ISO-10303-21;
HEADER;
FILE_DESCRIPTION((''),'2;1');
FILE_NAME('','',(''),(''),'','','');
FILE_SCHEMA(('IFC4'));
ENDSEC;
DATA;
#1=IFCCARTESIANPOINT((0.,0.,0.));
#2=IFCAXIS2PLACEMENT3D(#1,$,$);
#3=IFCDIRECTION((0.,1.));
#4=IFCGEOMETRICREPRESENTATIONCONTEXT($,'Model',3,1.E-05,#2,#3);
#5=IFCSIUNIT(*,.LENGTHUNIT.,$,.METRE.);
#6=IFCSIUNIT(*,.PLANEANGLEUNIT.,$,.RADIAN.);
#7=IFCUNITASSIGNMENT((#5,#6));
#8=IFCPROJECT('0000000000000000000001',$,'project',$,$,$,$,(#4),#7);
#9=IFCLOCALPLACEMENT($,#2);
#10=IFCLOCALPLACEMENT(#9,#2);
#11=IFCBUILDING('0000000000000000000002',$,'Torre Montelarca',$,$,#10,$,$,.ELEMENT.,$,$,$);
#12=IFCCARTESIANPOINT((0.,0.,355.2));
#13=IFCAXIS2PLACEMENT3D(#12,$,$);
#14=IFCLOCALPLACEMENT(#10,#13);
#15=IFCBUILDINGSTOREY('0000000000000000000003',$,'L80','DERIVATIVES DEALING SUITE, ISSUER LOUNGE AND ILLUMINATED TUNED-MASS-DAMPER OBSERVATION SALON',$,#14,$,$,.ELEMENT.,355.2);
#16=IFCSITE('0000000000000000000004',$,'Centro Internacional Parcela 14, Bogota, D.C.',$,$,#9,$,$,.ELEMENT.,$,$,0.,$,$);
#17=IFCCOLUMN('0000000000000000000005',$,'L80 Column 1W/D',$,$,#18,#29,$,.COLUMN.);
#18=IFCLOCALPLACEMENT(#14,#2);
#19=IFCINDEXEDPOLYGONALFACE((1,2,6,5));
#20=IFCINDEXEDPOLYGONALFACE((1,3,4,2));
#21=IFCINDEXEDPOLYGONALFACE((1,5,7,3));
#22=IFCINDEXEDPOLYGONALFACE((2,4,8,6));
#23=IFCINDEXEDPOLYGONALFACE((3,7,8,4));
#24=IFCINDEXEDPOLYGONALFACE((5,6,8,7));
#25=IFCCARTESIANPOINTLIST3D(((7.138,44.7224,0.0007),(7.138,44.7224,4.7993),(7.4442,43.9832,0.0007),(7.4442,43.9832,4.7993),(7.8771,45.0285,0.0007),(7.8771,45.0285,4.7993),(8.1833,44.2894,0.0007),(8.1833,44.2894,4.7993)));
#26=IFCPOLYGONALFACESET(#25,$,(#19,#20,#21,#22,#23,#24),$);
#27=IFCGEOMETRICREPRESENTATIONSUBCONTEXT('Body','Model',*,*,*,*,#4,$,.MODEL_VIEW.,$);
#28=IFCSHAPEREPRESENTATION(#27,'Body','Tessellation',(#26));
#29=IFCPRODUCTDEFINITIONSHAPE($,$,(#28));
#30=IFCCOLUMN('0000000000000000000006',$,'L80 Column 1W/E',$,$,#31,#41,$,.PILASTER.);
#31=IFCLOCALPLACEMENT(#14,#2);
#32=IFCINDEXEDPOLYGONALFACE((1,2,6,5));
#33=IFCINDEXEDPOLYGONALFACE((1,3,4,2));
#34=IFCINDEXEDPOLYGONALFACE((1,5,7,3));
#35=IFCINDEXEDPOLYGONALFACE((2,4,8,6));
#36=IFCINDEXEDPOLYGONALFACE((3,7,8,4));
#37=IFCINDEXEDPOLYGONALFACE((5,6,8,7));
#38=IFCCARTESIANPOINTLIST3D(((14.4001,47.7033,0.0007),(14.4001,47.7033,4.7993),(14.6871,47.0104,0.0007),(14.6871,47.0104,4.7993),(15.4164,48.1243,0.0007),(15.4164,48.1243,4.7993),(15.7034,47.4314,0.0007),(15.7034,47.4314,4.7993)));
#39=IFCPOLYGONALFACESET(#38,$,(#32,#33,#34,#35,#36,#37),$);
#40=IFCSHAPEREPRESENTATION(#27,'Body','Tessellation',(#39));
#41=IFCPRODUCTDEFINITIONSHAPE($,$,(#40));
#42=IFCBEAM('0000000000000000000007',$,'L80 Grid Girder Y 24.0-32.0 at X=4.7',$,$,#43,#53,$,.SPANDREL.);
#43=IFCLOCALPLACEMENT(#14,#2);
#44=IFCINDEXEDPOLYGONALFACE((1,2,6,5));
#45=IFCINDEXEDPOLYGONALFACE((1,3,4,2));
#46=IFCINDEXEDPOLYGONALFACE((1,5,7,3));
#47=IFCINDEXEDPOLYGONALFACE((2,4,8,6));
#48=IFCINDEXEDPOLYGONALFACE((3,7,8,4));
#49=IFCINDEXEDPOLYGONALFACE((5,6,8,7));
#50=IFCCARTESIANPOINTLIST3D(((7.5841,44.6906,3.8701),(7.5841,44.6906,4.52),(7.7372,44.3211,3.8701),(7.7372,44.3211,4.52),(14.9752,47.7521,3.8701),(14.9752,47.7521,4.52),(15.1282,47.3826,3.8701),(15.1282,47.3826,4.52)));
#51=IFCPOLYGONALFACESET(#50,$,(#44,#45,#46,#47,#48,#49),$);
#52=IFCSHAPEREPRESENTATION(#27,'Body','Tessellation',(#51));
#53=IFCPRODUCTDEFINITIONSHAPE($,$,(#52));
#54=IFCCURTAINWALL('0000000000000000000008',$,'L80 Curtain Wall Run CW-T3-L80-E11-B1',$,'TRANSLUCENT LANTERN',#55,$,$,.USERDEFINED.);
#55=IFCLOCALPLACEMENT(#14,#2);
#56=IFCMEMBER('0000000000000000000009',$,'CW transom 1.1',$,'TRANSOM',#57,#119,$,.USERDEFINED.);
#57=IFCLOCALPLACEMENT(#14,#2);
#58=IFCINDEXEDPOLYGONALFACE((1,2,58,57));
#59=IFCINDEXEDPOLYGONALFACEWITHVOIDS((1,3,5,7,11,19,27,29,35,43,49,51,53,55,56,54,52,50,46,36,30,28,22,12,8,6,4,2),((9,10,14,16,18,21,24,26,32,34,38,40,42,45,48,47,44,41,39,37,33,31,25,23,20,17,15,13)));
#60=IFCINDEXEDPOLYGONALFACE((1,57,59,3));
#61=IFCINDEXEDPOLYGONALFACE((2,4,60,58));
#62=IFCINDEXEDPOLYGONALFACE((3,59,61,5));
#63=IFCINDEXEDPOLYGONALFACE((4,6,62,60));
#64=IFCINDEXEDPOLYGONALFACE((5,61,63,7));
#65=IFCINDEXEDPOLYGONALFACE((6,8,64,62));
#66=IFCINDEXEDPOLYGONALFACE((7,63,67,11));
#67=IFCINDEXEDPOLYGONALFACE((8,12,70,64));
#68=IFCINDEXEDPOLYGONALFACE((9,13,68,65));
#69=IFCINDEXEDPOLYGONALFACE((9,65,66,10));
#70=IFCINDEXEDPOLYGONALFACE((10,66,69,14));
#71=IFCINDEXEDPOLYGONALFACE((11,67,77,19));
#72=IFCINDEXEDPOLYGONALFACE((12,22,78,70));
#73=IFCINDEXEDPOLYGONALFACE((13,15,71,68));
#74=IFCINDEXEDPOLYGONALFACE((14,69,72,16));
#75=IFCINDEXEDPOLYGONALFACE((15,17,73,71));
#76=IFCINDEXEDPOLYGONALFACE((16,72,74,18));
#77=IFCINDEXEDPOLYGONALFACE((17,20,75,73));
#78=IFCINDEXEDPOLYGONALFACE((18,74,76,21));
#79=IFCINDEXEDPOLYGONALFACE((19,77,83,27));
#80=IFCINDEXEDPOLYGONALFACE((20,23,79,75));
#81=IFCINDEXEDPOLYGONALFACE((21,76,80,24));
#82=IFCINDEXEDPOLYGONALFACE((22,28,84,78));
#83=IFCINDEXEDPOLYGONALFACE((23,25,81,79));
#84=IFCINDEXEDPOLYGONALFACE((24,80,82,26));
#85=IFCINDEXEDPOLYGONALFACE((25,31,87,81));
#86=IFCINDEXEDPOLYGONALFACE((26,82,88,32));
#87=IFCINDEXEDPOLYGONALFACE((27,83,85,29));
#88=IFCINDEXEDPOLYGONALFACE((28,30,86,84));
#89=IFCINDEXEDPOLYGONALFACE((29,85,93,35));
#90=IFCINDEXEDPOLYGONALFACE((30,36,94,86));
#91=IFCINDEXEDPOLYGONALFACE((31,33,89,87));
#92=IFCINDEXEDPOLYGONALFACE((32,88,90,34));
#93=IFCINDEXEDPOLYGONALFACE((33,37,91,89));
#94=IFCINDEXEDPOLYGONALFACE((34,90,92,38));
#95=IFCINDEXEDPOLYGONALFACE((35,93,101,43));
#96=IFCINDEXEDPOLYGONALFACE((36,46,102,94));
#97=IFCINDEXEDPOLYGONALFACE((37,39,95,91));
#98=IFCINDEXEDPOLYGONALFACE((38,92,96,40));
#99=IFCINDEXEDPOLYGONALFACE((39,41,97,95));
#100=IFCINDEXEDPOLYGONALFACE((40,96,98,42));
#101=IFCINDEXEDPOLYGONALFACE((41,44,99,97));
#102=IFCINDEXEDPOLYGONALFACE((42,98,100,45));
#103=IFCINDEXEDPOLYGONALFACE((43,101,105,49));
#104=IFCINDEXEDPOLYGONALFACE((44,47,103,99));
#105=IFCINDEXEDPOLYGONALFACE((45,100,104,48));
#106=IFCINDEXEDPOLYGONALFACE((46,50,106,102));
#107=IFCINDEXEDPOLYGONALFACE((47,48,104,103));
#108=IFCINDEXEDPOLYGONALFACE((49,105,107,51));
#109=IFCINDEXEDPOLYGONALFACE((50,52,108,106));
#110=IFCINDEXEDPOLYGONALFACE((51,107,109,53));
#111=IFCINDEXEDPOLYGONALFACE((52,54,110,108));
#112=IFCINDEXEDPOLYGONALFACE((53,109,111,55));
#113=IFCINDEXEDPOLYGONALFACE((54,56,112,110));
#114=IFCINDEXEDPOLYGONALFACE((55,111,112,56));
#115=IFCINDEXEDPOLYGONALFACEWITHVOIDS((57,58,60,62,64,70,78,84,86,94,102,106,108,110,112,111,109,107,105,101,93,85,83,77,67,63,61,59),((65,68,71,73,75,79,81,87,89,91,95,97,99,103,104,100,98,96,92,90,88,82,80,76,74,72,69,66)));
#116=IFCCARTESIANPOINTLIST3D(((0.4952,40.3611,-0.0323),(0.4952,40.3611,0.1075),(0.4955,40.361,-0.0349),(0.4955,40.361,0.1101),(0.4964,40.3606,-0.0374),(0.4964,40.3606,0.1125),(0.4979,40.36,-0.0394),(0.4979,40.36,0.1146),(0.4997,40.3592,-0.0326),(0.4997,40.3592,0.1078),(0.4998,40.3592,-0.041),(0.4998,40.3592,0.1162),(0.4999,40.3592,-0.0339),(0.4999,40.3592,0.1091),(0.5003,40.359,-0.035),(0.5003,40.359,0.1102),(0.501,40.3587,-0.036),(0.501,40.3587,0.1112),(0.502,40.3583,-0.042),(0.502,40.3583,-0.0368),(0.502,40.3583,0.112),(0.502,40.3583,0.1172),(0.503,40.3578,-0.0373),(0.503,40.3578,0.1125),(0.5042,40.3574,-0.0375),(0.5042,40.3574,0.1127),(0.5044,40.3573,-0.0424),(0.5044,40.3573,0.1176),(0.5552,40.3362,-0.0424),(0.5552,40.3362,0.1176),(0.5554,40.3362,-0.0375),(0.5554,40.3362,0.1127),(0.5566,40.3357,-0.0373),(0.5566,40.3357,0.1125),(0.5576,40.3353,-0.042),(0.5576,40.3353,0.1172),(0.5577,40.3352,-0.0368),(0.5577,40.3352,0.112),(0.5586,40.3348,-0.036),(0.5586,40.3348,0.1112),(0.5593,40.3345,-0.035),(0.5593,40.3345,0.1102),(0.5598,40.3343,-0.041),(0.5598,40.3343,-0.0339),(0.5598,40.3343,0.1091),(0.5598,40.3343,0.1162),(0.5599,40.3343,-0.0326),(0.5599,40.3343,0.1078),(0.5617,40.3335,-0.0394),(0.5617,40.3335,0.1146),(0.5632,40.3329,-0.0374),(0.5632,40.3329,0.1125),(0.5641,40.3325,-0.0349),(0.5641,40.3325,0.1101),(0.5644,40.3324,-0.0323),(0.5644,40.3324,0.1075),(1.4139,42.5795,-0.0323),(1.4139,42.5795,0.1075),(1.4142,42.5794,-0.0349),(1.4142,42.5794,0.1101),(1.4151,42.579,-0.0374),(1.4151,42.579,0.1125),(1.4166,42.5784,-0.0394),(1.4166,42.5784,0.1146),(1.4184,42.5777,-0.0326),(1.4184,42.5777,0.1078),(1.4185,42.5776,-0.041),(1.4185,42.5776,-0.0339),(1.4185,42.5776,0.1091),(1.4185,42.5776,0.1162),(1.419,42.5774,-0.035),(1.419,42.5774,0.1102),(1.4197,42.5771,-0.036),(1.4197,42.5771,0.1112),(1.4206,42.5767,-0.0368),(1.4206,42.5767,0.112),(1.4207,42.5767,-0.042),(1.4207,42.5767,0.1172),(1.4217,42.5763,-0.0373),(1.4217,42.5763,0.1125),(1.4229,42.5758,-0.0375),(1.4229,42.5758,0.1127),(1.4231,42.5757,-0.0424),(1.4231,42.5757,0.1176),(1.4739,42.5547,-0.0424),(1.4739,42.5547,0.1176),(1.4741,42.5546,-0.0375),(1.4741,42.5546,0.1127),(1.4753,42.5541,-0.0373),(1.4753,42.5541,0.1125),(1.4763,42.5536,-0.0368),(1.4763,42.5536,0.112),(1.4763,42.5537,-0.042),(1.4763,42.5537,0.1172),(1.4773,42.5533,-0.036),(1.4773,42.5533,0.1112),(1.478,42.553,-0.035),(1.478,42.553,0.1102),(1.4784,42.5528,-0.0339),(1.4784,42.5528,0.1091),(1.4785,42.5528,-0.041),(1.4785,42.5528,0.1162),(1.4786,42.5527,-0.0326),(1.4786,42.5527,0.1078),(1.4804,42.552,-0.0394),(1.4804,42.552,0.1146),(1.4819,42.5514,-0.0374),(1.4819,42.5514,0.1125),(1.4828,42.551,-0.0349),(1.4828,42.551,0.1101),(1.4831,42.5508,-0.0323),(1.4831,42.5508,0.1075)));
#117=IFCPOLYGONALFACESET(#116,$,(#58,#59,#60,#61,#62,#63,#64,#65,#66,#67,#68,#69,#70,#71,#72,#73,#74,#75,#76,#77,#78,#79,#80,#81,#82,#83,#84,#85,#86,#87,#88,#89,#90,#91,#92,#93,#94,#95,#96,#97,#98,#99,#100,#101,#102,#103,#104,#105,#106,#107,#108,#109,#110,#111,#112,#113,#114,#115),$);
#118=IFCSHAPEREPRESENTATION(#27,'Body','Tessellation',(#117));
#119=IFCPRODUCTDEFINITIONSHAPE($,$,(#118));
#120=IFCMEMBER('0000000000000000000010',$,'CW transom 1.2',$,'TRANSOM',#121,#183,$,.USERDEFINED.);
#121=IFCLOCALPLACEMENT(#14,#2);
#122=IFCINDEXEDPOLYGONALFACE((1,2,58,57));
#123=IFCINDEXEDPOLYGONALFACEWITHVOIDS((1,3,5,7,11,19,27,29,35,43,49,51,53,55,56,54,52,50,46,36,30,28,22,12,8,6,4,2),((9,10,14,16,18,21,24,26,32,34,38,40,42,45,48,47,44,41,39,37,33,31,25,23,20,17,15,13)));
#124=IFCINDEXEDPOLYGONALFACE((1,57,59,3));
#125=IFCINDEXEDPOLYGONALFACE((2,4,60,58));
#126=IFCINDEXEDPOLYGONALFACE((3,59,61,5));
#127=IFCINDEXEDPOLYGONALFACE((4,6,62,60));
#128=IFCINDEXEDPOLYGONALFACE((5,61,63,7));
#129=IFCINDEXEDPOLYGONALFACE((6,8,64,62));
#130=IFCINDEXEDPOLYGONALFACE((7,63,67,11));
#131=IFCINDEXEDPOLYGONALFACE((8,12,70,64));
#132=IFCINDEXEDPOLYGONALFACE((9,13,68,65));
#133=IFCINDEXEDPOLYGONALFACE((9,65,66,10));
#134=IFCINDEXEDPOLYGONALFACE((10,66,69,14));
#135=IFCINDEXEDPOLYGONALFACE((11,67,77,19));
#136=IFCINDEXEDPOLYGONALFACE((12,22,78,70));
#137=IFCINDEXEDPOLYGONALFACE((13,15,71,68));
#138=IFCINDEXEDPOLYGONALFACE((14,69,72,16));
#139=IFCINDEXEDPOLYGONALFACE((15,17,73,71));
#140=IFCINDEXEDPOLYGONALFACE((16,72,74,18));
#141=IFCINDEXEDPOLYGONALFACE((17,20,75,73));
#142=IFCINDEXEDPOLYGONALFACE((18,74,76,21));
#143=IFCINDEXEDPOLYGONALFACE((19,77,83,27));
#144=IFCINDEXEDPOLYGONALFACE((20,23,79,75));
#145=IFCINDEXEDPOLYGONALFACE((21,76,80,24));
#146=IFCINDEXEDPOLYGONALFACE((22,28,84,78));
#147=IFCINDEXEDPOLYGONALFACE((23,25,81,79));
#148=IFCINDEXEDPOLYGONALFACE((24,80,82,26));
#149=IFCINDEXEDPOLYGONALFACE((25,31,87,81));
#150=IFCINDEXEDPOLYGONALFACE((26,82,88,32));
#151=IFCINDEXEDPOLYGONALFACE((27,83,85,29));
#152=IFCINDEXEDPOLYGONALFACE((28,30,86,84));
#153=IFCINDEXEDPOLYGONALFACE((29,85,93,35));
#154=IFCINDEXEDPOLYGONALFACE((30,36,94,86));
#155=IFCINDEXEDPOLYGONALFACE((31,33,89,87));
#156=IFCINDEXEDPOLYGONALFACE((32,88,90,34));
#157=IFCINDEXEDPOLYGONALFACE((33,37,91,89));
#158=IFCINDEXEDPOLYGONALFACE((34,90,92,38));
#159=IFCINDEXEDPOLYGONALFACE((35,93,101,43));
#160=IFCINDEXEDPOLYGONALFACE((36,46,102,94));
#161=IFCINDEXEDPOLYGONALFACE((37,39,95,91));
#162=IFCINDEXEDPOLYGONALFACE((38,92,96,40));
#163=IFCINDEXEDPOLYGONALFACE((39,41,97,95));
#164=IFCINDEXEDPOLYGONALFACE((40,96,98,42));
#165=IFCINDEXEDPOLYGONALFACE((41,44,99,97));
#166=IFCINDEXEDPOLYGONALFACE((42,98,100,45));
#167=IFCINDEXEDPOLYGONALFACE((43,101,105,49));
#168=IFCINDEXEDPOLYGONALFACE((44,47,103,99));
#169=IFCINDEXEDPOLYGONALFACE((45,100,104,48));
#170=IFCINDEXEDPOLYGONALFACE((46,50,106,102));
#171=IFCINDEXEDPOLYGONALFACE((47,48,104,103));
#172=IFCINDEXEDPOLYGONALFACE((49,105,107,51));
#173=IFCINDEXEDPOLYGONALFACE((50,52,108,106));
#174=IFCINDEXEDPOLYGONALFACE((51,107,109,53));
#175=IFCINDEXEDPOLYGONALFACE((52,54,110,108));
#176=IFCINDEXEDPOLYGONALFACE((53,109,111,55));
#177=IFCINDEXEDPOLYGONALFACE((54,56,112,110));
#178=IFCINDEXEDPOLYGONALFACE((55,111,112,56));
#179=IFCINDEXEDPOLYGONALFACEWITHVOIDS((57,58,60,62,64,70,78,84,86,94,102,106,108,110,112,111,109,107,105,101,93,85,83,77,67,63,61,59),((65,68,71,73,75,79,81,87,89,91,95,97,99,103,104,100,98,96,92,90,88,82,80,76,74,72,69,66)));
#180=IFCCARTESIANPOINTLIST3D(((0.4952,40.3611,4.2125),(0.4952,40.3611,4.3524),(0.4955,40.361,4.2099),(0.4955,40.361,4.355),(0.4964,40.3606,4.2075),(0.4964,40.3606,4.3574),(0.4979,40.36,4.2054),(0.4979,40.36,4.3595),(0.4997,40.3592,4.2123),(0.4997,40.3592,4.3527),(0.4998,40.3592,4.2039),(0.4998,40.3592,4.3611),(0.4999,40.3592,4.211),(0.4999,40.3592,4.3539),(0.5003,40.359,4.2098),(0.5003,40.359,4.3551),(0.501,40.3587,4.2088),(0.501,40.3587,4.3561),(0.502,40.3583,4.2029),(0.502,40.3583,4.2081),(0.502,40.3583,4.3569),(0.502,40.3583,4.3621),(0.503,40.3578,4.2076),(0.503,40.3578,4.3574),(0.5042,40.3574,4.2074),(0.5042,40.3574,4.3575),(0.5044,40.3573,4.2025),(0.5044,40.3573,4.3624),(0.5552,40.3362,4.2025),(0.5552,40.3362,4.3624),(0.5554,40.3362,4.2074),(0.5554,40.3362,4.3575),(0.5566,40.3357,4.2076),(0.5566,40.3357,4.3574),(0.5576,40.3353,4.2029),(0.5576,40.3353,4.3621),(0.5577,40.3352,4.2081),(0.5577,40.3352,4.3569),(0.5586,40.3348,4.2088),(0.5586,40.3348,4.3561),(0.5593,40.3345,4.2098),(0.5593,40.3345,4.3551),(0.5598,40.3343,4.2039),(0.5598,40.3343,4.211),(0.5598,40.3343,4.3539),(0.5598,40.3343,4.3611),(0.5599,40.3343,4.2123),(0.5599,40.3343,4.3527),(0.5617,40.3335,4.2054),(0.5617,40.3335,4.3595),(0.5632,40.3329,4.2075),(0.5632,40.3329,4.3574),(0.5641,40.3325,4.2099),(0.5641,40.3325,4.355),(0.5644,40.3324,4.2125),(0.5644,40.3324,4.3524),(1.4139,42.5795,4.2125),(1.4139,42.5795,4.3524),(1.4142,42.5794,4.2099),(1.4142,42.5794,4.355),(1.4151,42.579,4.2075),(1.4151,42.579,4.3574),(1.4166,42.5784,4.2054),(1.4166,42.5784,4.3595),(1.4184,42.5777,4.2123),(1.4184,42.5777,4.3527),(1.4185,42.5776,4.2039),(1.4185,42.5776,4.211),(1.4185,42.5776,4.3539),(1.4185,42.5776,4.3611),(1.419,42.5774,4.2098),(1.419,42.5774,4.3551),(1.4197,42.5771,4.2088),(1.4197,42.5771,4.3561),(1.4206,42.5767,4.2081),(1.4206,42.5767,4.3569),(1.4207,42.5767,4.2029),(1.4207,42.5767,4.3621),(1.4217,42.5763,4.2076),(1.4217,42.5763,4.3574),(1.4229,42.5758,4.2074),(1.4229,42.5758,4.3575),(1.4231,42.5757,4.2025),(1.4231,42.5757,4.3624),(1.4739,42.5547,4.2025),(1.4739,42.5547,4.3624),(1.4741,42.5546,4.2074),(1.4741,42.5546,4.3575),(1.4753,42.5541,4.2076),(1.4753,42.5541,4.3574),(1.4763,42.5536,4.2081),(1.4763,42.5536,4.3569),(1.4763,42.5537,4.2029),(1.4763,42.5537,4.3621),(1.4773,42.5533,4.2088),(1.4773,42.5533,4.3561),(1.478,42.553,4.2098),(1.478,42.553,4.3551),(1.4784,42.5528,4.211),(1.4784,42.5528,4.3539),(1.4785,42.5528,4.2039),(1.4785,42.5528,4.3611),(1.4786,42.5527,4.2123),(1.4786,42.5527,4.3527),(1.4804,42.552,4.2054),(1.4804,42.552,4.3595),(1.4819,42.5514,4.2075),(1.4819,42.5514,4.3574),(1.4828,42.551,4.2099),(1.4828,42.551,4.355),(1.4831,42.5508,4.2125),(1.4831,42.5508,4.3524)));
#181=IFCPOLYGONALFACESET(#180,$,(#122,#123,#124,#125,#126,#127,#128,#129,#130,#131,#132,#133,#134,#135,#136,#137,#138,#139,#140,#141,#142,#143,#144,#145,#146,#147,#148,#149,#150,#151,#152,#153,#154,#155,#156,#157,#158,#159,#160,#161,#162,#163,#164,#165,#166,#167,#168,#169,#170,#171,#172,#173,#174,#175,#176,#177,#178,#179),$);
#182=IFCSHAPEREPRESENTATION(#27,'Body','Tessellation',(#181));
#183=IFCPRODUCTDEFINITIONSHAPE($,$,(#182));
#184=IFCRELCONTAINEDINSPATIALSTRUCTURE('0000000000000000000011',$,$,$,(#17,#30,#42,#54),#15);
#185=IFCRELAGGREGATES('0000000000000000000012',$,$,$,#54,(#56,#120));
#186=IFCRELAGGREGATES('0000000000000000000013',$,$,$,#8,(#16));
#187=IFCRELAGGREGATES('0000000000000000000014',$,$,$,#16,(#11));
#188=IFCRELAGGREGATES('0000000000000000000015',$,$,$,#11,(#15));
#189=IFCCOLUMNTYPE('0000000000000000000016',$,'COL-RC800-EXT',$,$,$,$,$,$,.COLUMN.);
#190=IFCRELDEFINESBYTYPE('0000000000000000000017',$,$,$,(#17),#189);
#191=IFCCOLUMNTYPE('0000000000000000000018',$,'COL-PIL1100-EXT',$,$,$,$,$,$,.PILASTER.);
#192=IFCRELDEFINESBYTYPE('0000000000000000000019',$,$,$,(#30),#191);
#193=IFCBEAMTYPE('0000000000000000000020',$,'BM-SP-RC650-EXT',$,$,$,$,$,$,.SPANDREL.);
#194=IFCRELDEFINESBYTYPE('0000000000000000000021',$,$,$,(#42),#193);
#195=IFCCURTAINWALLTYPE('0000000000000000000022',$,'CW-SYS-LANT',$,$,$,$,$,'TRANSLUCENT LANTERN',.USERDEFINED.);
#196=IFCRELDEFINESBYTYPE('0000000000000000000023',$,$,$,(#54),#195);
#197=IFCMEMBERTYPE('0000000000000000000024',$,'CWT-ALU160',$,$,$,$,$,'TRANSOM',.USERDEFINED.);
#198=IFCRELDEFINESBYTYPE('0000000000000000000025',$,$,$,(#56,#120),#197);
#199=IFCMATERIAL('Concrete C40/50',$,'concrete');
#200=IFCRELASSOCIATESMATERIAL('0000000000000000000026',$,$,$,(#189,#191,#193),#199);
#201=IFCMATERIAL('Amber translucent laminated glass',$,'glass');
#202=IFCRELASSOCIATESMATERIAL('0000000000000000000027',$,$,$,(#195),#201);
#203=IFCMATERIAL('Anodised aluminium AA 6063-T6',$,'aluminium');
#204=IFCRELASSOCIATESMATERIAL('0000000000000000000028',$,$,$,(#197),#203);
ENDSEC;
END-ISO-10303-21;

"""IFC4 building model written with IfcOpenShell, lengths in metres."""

from ifc_helpers import new_model, si_unit, direction, frame, origin, origin_2d, place, context, subcontext, project, spatial, rectangle, hollow_rectangle, extrude, source, transform, mapped, material, material_profile, profile_set, type_object, element, aggregate, save


model = new_model("IFC4")

# Units and contexts
model_context = context("Model", 3, precision=1e-05, world=origin(), true_north=direction((0.0, 1.0)))
body_context = subcontext(model_context, "Body", "Model", "MODEL_VIEW")
ifc_project = project(units=[si_unit("LENGTHUNIT", "METRE"), si_unit("PLANEANGLEUNIT", "RADIAN")], contexts=[model_context])

# Site, building, storey
site_placement = place(None, origin())
site = spatial("IfcSite", under=ifc_project, at=site_placement, Name="Centro Internacional Parcela 14, Bogota, D.C.", CompositionType="ELEMENT", RefElevation=0.0)
building_placement = place(site_placement, origin())
building = spatial("IfcBuilding", under=site, at=building_placement, Name="Torre Montelarca", CompositionType="ELEMENT")
storey_placement = place(building_placement, frame((0.0, 0.0, 355.2)))
storey = spatial("IfcBuildingStorey", under=building, at=storey_placement, Name="L80", Description="DERIVATIVES DEALING SUITE, ISSUER LOUNGE AND ILLUMINATED TUNED-MASS-DAMPER OBSERVATION SALON", CompositionType="ELEMENT", Elevation=355.2)

# Columns
ifc_material_1 = material(Name="Concrete C40/50", Category="concrete")
ifc_material_profile_1 = material_profile(ifc_material_1, rectangle(XDim=0.8, YDim=0.8, at=origin_2d()), Name="RC800X800", Category="concrete")
ifc_profile_set_1 = profile_set([ifc_material_profile_1], Name="Concrete C40/50")
column_type_1 = type_object("IfcColumnType", Name="COL-RC800-EXT", PredefinedType="COLUMN", material=ifc_profile_set_1)
shared_shape_1 = source(origin(), body_context, "Body", "SweptSolid", [
    extrude(rectangle(XDim=0.8, YDim=0.8, at=origin_2d()), origin(), (0.0, 0.0, 1.0), 4.7986),
])
column_1_placement = place(storey_placement, frame((7.6606, 44.5059, 0.0007), z_axis=(0.0, 0.0, 1.0), x_axis=(-0.382683, 0.92388, 0.0)))
element("IfcColumn", 1, at=column_1_placement, inside=storey, type_object=column_type_1, Name="L80 Column 1W/D", PredefinedType="COLUMN", context=body_context, shape_type="MappedRepresentation", body=[
    mapped(shared_shape_1, transform((0.0, 0.0, 0.0), scale=1.0)),
])
ifc_material_profile_2 = material_profile(ifc_material_1, rectangle(XDim=0.75, YDim=1.1001, at=origin_2d()), Name="RC1100X750", Category="concrete")
ifc_profile_set_2 = profile_set([ifc_material_profile_2], Name="Concrete C40/50")
column_type_2 = type_object("IfcColumnType", Name="COL-PIL1100-EXT", PredefinedType="PILASTER", material=ifc_profile_set_2)
shared_shape_2 = source(origin(), body_context, "Body", "SweptSolid", [
    extrude(rectangle(XDim=0.75, YDim=1.1001, at=origin_2d()), origin(), (0.0, 0.0, 1.0), 4.7986),
])
column_2_placement = place(storey_placement, frame((15.0518, 47.5674, 0.0007), z_axis=(0.0, 0.0, 1.0), x_axis=(-0.382683, 0.92388, 0.0)))
element("IfcColumn", 2, at=column_2_placement, inside=storey, type_object=column_type_2, Name="L80 Column 1W/E", PredefinedType="PILASTER", context=body_context, shape_type="MappedRepresentation", body=[
    mapped(shared_shape_2, transform((0.0, 0.0, 0.0), scale=1.0)),
])

# Beam
ifc_material_profile_3 = material_profile(ifc_material_1, rectangle(XDim=0.3999, YDim=0.6499, at=origin_2d()), Name="RCB400X650", Category="concrete")
ifc_profile_set_3 = profile_set([ifc_material_profile_3], Name="Concrete C40/50")
beam_type = type_object("IfcBeamType", Name="BM-SP-RC650-EXT", PredefinedType="SPANDREL", material=ifc_profile_set_3)
shared_shape_3 = source(origin(), body_context, "Body", "SweptSolid", [
    extrude(rectangle(XDim=0.3999, YDim=0.6499, at=origin_2d()), origin(), (0.0, 0.0, 1.0), 8.0),
])
beam_placement = place(storey_placement, frame((7.6606, 44.5059, 4.1951), z_axis=(0.923878, 0.382686, 0.0), x_axis=(-0.382686, 0.923878, 0.0)))
element("IfcBeam", 3, at=beam_placement, inside=storey, type_object=beam_type, Name="L80 Grid Girder Y 24.0-32.0 at X=4.7", PredefinedType="SPANDREL", context=body_context, shape_type="MappedRepresentation", body=[
    mapped(shared_shape_3, transform((0.0, 0.0, 0.0), scale=1.0)),
])

# Curtain wall, members
ifc_material_2 = material(Name="Amber translucent laminated glass", Category="glass")
curtain_wall_type = type_object("IfcCurtainWallType", Name="CW-SYS-LANT", ElementType="TRANSLUCENT LANTERN", PredefinedType="USERDEFINED", material=ifc_material_2)
curtain_wall_placement = place(storey_placement, origin())
curtain_wall = element("IfcCurtainWall", 4, at=curtain_wall_placement, inside=storey, type_object=curtain_wall_type, Name="L80 Curtain Wall Run CW-T3-L80-E11-B1", ObjectType="TRANSLUCENT LANTERN", PredefinedType="USERDEFINED")
ifc_material_3 = material(Name="Anodised aluminium AA 6063-T6", Category="aluminium")
ifc_material_profile_4 = material_profile(ifc_material_3, hollow_rectangle(XDim=0.075, YDim=0.1599, WallThickness=0.0049, InnerFilletRadius=0.0049, OuterFilletRadius=0.01, at=origin_2d()), Name="ALU75X160X5", Category="aluminium")
ifc_profile_set_4 = profile_set([ifc_material_profile_4], Name="Anodised aluminium AA 6063-T6")
member_type_1 = type_object("IfcMemberType", Name="CWT-ALU160", ElementType="TRANSOM", PredefinedType="USERDEFINED", material=ifc_profile_set_4)
shared_shape_4 = source(origin(), body_context, "Body", "SweptSolid", [
    extrude(hollow_rectangle(XDim=0.075, YDim=0.1599, WallThickness=0.0049, InnerFilletRadius=0.0049, OuterFilletRadius=0.01, at=origin_2d()), origin(), (0.0, 0.0, 1.0), 2.4011),
])
member_1_placement = place(storey_placement, frame((1.4485, 42.5652, 0.0376), z_axis=(-0.3826, -0.923914, 0.0), x_axis=(0.923914, -0.3826, 0.0)))
member_1 = element("IfcMember", 5, at=member_1_placement, type_object=member_type_1, Name="CW transom 1.1", ObjectType="TRANSOM", PredefinedType="USERDEFINED", context=body_context, shape_type="MappedRepresentation", body=[
    mapped(shared_shape_4, transform((0.0, 0.0, 0.0), scale=1.0)),
])
member_2_placement = place(storey_placement, frame((1.4485, 42.5652, 4.2825), z_axis=(-0.3826, -0.923914, 0.0), x_axis=(0.923914, -0.3826, 0.0)))
member_2 = element("IfcMember", 6, at=member_2_placement, type_object=member_type_1, Name="CW transom 1.2", ObjectType="TRANSOM", PredefinedType="USERDEFINED", context=body_context, shape_type="MappedRepresentation", body=[
    mapped(shared_shape_4, transform((0.0, 0.0, 0.0), scale=1.0)),
])
aggregate(curtain_wall, [member_1, member_2])

save(model, "model.ifc")
